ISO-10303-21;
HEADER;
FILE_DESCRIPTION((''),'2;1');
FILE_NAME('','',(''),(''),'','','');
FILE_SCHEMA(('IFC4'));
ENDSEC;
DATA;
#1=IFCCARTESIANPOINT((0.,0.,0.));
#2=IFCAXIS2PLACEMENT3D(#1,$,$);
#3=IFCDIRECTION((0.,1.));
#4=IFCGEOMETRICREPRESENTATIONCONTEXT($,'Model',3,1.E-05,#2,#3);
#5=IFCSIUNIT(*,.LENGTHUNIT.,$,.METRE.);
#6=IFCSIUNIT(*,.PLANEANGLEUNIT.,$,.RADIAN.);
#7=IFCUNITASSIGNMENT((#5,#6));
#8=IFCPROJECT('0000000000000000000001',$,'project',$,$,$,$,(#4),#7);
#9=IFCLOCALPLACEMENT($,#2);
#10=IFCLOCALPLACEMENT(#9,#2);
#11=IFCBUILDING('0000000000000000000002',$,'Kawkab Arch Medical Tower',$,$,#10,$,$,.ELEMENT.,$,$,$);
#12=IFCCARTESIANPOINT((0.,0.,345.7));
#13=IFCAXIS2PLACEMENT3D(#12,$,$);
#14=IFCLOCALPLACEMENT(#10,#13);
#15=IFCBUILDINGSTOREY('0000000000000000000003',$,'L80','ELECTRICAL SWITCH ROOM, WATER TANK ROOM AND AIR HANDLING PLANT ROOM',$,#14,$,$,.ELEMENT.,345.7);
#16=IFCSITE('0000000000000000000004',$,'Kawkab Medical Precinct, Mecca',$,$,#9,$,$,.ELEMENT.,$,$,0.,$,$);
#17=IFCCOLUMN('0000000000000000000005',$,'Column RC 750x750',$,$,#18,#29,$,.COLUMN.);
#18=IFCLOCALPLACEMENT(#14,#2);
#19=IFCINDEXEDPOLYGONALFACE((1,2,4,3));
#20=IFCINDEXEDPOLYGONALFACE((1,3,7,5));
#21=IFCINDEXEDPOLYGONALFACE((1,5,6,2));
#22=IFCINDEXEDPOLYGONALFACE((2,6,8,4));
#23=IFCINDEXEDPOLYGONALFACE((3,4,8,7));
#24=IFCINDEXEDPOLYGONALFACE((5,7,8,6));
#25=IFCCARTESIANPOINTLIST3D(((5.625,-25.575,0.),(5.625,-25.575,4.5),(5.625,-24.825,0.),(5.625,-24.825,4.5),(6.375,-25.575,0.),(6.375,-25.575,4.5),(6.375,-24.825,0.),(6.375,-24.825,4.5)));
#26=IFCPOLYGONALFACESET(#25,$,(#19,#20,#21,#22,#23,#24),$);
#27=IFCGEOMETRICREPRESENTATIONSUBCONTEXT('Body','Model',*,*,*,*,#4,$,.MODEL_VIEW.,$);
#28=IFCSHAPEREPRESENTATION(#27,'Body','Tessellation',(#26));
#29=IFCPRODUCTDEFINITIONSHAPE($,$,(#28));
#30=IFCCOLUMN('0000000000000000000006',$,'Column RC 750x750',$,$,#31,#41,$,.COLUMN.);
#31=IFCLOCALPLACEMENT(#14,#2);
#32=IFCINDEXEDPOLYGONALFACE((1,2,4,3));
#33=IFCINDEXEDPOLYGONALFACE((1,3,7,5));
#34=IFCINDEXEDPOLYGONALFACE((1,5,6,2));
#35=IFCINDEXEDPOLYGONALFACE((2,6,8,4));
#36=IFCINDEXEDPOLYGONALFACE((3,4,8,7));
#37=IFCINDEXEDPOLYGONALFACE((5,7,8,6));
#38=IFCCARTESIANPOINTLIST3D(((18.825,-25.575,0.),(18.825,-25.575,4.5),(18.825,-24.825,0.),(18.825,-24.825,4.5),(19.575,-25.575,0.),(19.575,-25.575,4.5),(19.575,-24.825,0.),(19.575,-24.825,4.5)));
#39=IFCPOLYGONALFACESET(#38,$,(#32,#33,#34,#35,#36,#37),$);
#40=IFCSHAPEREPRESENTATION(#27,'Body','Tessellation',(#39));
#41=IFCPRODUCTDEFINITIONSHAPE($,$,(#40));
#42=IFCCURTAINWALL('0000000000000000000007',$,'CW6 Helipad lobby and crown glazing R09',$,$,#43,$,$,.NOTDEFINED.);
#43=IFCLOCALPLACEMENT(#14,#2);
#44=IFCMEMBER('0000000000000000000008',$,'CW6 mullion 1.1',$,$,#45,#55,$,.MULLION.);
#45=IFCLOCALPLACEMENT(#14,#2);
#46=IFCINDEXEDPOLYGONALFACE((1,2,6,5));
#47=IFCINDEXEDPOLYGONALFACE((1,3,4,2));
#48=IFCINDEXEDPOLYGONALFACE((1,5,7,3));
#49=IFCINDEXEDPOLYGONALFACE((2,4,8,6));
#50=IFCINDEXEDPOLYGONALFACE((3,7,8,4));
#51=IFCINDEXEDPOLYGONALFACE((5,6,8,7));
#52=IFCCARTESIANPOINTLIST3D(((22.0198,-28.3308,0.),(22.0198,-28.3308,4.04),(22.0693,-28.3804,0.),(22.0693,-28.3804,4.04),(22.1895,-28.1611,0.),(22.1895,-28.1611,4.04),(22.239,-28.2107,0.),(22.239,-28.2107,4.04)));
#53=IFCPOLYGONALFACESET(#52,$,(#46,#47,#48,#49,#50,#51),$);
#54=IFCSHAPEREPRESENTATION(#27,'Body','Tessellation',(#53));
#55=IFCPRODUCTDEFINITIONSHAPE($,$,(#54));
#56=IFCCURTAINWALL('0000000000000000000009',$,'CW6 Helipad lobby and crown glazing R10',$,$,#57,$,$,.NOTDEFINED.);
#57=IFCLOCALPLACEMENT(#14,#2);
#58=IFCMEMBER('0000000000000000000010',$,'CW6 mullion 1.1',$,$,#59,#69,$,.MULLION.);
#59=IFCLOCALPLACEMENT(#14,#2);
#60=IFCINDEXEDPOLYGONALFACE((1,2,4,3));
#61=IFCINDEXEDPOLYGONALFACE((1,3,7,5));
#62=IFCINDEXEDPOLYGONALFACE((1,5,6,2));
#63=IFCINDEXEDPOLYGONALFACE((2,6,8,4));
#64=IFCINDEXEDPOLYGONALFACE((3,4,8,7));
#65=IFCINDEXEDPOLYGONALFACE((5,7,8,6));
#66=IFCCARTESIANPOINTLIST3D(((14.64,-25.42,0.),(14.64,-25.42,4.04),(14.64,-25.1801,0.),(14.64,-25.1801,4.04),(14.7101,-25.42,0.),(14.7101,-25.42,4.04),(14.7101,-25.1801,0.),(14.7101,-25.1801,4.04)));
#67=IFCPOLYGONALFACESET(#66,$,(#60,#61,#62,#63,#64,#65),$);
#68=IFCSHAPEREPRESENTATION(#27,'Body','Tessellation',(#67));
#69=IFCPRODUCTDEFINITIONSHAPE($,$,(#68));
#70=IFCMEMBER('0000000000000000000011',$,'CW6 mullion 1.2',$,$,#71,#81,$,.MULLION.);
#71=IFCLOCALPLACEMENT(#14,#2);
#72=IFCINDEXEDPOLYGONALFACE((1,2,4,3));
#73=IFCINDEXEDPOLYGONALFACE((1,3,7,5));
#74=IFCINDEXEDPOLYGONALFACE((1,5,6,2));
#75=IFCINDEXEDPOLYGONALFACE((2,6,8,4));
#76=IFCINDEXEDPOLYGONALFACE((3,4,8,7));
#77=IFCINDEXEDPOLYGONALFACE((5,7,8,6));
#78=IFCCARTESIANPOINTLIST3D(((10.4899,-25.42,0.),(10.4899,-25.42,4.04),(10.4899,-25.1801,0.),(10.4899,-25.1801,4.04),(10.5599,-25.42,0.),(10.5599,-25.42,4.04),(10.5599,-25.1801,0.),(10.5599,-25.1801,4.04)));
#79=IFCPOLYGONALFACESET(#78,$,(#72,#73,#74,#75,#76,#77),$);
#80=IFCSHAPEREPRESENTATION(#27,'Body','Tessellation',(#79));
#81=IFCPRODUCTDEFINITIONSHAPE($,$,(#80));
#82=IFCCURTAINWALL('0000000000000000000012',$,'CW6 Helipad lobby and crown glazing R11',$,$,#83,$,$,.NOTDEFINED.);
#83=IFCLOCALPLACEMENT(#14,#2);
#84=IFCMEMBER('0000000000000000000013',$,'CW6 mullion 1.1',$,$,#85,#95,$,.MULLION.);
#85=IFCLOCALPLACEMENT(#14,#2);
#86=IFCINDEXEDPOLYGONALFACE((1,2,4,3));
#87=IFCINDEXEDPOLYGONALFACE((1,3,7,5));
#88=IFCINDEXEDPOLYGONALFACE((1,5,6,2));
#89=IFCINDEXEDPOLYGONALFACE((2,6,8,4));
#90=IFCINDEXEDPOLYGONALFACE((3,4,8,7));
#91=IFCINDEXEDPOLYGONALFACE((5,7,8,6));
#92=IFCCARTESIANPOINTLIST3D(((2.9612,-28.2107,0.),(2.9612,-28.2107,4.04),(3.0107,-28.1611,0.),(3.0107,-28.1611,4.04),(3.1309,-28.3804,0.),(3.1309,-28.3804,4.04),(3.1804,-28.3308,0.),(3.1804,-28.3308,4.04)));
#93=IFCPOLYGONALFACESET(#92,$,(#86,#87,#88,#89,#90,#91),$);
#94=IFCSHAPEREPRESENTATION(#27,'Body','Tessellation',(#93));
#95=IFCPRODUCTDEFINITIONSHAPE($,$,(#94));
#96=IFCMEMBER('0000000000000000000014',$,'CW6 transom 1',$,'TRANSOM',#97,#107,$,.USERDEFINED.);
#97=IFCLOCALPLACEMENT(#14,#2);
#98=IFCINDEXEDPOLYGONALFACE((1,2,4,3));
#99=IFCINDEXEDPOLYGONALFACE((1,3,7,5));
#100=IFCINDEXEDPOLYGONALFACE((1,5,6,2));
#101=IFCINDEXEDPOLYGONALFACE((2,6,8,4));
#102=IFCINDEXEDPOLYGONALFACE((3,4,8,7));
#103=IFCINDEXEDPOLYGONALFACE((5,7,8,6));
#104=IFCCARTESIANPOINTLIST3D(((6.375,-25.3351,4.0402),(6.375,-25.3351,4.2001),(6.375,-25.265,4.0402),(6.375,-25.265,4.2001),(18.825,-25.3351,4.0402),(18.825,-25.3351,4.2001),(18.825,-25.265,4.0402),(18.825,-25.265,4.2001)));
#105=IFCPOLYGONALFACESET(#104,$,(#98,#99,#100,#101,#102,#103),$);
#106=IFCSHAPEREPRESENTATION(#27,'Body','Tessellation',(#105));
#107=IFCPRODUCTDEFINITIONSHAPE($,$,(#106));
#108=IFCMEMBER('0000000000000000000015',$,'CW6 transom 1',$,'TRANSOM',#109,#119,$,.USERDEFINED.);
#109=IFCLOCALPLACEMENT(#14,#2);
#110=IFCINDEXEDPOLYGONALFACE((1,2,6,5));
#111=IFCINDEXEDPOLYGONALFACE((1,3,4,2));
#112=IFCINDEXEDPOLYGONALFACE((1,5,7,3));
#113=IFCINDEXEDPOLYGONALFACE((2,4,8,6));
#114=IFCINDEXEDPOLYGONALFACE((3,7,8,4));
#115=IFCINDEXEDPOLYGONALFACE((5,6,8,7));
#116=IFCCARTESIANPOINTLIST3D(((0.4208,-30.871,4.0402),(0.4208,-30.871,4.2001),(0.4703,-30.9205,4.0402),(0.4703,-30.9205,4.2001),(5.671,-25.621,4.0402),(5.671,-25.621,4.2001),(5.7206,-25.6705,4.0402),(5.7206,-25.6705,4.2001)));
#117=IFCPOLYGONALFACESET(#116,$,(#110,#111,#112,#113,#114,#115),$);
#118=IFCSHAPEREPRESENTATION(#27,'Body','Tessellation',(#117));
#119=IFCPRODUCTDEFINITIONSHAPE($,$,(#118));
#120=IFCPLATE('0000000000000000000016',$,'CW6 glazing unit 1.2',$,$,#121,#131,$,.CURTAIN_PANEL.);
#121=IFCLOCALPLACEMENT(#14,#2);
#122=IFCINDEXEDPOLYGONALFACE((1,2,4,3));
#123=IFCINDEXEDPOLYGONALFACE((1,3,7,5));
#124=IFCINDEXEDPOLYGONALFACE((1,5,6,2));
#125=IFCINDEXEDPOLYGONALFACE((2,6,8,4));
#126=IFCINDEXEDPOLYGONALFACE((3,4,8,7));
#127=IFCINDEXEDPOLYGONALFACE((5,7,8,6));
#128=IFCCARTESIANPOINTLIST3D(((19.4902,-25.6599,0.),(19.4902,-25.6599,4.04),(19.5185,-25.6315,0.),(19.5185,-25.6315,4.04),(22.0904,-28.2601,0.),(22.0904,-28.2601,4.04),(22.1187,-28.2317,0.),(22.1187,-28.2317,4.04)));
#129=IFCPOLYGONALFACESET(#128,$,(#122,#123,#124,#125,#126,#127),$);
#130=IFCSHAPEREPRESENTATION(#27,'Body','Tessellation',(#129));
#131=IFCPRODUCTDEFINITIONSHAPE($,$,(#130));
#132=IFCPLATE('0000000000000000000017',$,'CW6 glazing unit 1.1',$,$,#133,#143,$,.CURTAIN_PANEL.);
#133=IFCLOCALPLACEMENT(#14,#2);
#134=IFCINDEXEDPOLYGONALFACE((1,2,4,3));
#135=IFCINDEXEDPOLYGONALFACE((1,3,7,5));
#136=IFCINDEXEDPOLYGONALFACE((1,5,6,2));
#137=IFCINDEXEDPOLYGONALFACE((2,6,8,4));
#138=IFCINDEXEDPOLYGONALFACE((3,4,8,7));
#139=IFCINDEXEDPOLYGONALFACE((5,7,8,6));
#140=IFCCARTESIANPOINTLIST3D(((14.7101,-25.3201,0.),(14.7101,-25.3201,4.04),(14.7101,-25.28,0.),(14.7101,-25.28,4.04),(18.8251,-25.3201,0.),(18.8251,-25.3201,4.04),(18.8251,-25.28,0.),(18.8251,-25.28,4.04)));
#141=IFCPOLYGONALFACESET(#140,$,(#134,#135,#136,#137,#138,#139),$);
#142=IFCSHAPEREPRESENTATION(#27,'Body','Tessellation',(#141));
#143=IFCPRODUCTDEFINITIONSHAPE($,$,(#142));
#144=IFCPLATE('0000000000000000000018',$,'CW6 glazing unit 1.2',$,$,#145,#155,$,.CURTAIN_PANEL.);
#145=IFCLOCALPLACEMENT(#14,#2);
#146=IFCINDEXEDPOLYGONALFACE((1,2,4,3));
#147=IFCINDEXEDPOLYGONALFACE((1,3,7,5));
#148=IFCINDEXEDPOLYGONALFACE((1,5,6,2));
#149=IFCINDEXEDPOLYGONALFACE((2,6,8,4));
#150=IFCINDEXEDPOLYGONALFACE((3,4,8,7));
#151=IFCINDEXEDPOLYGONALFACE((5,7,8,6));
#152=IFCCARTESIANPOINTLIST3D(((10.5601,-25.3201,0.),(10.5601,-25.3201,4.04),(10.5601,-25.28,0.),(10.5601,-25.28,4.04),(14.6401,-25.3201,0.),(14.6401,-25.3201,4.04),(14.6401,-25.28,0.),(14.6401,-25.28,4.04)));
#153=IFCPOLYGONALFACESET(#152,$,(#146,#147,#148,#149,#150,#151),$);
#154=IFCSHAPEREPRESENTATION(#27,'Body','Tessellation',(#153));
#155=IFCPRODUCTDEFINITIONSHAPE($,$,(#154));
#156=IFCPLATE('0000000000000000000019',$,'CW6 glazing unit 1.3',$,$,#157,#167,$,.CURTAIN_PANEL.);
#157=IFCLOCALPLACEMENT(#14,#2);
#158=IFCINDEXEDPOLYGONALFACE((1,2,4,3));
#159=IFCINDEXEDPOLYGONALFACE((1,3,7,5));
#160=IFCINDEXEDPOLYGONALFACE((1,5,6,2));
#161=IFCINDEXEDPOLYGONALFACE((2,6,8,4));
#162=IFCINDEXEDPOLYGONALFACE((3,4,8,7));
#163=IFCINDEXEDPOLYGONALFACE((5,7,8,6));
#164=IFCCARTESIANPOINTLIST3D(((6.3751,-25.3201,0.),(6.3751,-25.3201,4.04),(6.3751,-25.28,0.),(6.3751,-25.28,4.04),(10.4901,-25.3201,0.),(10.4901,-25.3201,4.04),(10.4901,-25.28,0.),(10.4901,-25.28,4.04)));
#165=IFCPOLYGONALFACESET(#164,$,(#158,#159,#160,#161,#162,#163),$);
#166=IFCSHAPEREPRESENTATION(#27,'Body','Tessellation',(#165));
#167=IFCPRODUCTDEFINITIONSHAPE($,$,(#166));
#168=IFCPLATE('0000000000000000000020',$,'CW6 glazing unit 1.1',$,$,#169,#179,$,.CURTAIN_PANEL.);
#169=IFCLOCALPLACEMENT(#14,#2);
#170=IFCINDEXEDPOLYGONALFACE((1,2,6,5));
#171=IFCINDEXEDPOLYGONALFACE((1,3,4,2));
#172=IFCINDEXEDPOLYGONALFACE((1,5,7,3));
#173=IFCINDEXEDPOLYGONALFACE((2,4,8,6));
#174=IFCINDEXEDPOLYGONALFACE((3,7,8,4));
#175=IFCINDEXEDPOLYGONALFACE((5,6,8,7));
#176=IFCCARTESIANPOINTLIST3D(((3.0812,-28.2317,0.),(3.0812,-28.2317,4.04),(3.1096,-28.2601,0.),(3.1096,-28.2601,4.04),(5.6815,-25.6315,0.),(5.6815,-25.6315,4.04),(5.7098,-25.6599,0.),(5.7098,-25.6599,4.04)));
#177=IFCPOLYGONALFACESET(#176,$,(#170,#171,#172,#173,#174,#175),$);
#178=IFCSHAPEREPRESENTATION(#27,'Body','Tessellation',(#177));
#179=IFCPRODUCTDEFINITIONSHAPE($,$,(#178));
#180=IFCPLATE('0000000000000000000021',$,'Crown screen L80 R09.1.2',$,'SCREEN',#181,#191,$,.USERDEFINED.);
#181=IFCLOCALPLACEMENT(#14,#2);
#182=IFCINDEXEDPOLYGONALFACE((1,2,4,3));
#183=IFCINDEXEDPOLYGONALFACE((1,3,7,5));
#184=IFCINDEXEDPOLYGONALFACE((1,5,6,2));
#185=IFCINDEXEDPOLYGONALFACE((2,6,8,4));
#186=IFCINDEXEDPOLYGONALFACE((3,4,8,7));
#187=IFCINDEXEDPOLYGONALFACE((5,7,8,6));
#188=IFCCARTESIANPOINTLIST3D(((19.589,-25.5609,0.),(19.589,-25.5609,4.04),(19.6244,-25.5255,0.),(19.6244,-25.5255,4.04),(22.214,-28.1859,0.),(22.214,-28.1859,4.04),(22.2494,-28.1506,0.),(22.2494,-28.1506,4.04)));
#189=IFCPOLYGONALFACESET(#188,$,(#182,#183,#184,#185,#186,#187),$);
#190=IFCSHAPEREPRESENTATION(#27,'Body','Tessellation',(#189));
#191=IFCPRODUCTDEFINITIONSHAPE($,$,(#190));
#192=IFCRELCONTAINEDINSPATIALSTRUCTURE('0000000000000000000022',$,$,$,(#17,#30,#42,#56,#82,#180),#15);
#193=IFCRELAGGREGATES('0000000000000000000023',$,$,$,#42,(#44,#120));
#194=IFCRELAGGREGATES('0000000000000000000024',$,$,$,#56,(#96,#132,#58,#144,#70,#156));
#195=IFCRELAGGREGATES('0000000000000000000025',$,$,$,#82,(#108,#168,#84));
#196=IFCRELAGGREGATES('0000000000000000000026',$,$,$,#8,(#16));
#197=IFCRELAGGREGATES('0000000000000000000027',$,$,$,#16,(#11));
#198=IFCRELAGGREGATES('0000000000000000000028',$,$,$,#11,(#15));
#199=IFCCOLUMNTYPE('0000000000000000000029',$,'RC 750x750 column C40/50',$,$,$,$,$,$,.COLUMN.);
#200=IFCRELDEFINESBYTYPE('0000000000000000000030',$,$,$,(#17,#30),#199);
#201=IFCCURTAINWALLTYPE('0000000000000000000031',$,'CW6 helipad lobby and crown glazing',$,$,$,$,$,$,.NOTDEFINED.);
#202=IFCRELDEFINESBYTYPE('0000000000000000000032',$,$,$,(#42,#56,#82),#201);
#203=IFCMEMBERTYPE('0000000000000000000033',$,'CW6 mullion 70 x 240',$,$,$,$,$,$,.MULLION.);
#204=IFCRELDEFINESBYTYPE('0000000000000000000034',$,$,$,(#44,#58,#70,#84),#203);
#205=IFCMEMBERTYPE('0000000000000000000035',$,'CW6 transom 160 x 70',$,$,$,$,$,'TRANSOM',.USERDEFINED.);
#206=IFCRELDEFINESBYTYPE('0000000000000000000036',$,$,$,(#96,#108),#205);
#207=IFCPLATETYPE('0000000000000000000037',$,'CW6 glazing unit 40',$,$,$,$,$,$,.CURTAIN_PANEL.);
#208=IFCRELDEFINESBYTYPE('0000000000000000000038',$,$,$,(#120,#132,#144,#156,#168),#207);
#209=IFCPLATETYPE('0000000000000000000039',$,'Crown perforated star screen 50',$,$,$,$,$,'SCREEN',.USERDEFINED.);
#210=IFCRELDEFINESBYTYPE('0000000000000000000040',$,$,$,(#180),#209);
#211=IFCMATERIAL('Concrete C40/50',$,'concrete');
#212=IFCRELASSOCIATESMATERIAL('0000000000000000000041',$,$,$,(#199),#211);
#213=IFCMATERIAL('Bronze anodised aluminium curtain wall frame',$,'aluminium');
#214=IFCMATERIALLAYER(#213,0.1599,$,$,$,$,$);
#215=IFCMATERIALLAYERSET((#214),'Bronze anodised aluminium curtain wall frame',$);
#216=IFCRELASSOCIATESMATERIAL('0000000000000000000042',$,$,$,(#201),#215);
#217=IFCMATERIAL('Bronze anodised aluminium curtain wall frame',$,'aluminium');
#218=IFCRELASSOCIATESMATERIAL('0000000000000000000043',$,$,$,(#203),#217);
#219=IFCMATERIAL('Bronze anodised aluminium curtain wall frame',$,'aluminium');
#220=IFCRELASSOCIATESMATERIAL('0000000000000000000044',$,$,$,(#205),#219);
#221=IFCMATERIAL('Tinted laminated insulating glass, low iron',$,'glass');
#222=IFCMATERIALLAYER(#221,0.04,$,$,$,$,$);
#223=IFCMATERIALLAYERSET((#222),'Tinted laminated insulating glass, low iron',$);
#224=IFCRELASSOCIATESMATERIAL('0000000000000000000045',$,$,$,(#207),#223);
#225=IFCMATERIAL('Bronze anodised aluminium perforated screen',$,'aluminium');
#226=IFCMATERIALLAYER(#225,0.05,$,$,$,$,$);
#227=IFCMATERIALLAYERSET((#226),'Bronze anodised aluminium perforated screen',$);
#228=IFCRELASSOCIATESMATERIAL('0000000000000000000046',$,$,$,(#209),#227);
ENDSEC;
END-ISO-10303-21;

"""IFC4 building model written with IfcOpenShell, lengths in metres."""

from ifc_helpers import new_model, si_unit, direction, frame, origin, origin_2d, place, context, subcontext, project, spatial, rectangle, extrude, material, layer, layer_set, material_profile, profile_set, type_object, element, aggregate, save


model = new_model("IFC4")

# Units and contexts
model_context = context("Model", 3, precision=1e-05, world=origin(), true_north=direction((0.0, 1.0)))
body_context = subcontext(model_context, "Body", "Model", "MODEL_VIEW")
ifc_project = project(units=[si_unit("LENGTHUNIT", "METRE"), si_unit("PLANEANGLEUNIT", "RADIAN")], contexts=[model_context])

# Site, building, storey
site_placement = place(None, origin())
site = spatial("IfcSite", under=ifc_project, at=site_placement, Name="Kawkab Medical Precinct, Mecca", CompositionType="ELEMENT", RefElevation=0.0)
building_placement = place(site_placement, origin())
building = spatial("IfcBuilding", under=site, at=building_placement, Name="Kawkab Arch Medical Tower", CompositionType="ELEMENT")
storey_placement = place(building_placement, frame((0.0, 0.0, 345.7)))
storey = spatial("IfcBuildingStorey", under=building, at=storey_placement, Name="L80", Description="ELECTRICAL SWITCH ROOM, WATER TANK ROOM AND AIR HANDLING PLANT ROOM", CompositionType="ELEMENT", Elevation=345.7)

# Columns
ifc_material_1 = material(Name="Concrete C40/50", Category="concrete")
ifc_material_profile_1 = material_profile(ifc_material_1, rectangle(XDim=0.75, YDim=0.75, at=origin_2d()), Name="RC 750x750")
ifc_profile_set_1 = profile_set([ifc_material_profile_1], Name="Concrete C40/50")
column_type = type_object("IfcColumnType", Name="RC 750x750 column C40/50", PredefinedType="COLUMN", material=ifc_profile_set_1)
for number, where, z_axis, x_axis, name in (
    (1, (6.0, -25.2, 0.0), (0.0, 0.0, 1.0), (1.0, 0.0, 0.0), "Column RC 750x750"),
    (2, (19.2, -25.2, 0.0), (0.0, 0.0, 1.0), (1.0, 0.0, 0.0), "Column RC 750x750"),
):
    element("IfcColumn", number, at=place(storey_placement, frame(where, z_axis=z_axis, x_axis=x_axis)), inside=storey, type_object=column_type, Name=name, PredefinedType="COLUMN", context=body_context, shape_type="SweptSolid", body=[
        extrude(rectangle(XDim=0.75, YDim=0.75, at=origin_2d()), origin(), (0.0, 0.0, 1.0), 4.5),
    ])

# Curtain wall, member
ifc_material_2 = material(Name="Bronze anodised aluminium curtain wall frame", Category="aluminium")
ifc_layer_1 = layer(ifc_material_2, 0.1599)
ifc_layer_set_1 = layer_set([ifc_layer_1], Name="Bronze anodised aluminium curtain wall frame")
curtain_wall_type = type_object("IfcCurtainWallType", Name="CW6 helipad lobby and crown glazing", PredefinedType="NOTDEFINED", material=ifc_layer_set_1)
placement_1 = place(storey_placement, origin())
curtain_wall_1 = element("IfcCurtainWall", 3, at=placement_1, inside=storey, type_object=curtain_wall_type, Name="CW6 Helipad lobby and crown glazing R09", PredefinedType="NOTDEFINED")
ifc_material_3 = material(Name="Bronze anodised aluminium curtain wall frame", Category="aluminium")
ifc_material_profile_2 = material_profile(ifc_material_3, rectangle(XDim=0.24, YDim=0.0701, at=origin_2d()), Name="AL 70x240")
ifc_profile_set_2 = profile_set([ifc_material_profile_2], Name="Bronze anodised aluminium curtain wall frame")
member_type_1 = type_object("IfcMemberType", Name="CW6 mullion 70 x 240", PredefinedType="MULLION", material=ifc_profile_set_2)
member_1_placement = place(storey_placement, frame((22.1294, -28.2708, 0.0), z_axis=(0.0, 0.0, 1.0), x_axis=(-0.707107, -0.707107, 0.0)))
member_1 = element("IfcMember", 4, at=member_1_placement, type_object=member_type_1, Name="CW6 mullion 1.1", PredefinedType="MULLION", context=body_context, shape_type="SweptSolid", body=[
    extrude(rectangle(XDim=0.24, YDim=0.0701, at=origin_2d()), origin(), (0.0, 0.0, 1.0), 4.04),
])

# Curtain wall, members
curtain_wall_2 = element("IfcCurtainWall", 5, at=placement_1, inside=storey, type_object=curtain_wall_type, Name="CW6 Helipad lobby and crown glazing R10", PredefinedType="NOTDEFINED")
member_2_placement = place(storey_placement, frame((14.675, -25.3, 0.0), z_axis=(0.0, 0.0, 1.0), x_axis=(0.0, -1.0, 0.0)))
member_2 = element("IfcMember", 6, at=member_2_placement, type_object=member_type_1, Name="CW6 mullion 1.1", PredefinedType="MULLION", context=body_context, shape_type="SweptSolid", body=[
    extrude(rectangle(XDim=0.24, YDim=0.0701, at=origin_2d()), origin(), (0.0, 0.0, 1.0), 4.04),
])
member_3_placement = place(storey_placement, frame((10.5249, -25.3, 0.0), z_axis=(0.0, 0.0, 1.0), x_axis=(0.0, -1.0, 0.0)))
member_3 = element("IfcMember", 7, at=member_3_placement, type_object=member_type_1, Name="CW6 mullion 1.2", PredefinedType="MULLION", context=body_context, shape_type="SweptSolid", body=[
    extrude(rectangle(XDim=0.24, YDim=0.0701, at=origin_2d()), origin(), (0.0, 0.0, 1.0), 4.04),
])

# Curtain wall, member
curtain_wall_3 = element("IfcCurtainWall", 8, at=placement_1, inside=storey, type_object=curtain_wall_type, Name="CW6 Helipad lobby and crown glazing R11", PredefinedType="NOTDEFINED")
member_4_placement = place(storey_placement, frame((3.0708, -28.2708, 0.0), z_axis=(0.0, 0.0, 1.0), x_axis=(0.707107, -0.707107, 0.0)))
member_4 = element("IfcMember", 9, at=member_4_placement, type_object=member_type_1, Name="CW6 mullion 1.1", PredefinedType="MULLION", context=body_context, shape_type="SweptSolid", body=[
    extrude(rectangle(XDim=0.24, YDim=0.0701, at=origin_2d()), origin(), (0.0, 0.0, 1.0), 4.04),
])

# Members
ifc_material_4 = material(Name="Bronze anodised aluminium curtain wall frame", Category="aluminium")
ifc_material_profile_3 = material_profile(ifc_material_4, rectangle(XDim=0.0701, YDim=0.1599, at=origin_2d()), Name="AL 70x160")
ifc_profile_set_3 = profile_set([ifc_material_profile_3], Name="Bronze anodised aluminium curtain wall frame")
member_type_2 = type_object("IfcMemberType", Name="CW6 transom 160 x 70", ElementType="TRANSOM", PredefinedType="USERDEFINED", material=ifc_profile_set_3)
member_5_placement = place(storey_placement, frame((18.825, -25.3, 4.1201), z_axis=(-1.0, 0.0, 0.0), x_axis=(0.0, -1.0, 0.0)))
member_5 = element("IfcMember", 10, at=member_5_placement, type_object=member_type_2, Name="CW6 transom 1", ObjectType="TRANSOM", PredefinedType="USERDEFINED", context=body_context, shape_type="SweptSolid", body=[
    extrude(rectangle(XDim=0.0701, YDim=0.1599, at=origin_2d()), origin(), (0.0, 0.0, 1.0), 12.45),
])
member_6_placement = place(storey_placement, frame((5.6958, -25.6458, 4.1201), z_axis=(-0.707123, -0.70709, 0.0), x_axis=(0.70709, -0.707123, 0.0)))
member_6 = element("IfcMember", 11, at=member_6_placement, type_object=member_type_2, Name="CW6 transom 1", ObjectType="TRANSOM", PredefinedType="USERDEFINED", context=body_context, shape_type="SweptSolid", body=[
    extrude(rectangle(XDim=0.0701, YDim=0.1599, at=origin_2d()), origin(), (0.0, 0.0, 1.0), 7.4248),
])

# Plates
ifc_material_5 = material(Name="Tinted laminated insulating glass, low iron", Category="glass")
ifc_layer_2 = layer(ifc_material_5, 0.04)
ifc_layer_set_2 = layer_set([ifc_layer_2], Name="Tinted laminated insulating glass, low iron")
plate_type_1 = type_object("IfcPlateType", Name="CW6 glazing unit 40", PredefinedType="CURTAIN_PANEL", material=ifc_layer_set_2)
plate_1_placement = place(storey_placement, frame((20.8044, -26.9458, 0.0), z_axis=(0.0, 0.0, 1.0), x_axis=(-0.707107, 0.707107, 0.0)))
plate_1 = element("IfcPlate", 12, at=plate_1_placement, type_object=plate_type_1, Name="CW6 glazing unit 1.2", PredefinedType="CURTAIN_PANEL", context=body_context, shape_type="SweptSolid", body=[
    extrude(rectangle(XDim=3.6772, YDim=0.04, at=origin_2d()), origin(), (0.0, 0.0, 1.0), 4.04),
])
aggregate(curtain_wall_1, [member_1, plate_1])
plate_2_placement = place(storey_placement, frame((16.7676, -25.3, 0.0), z_axis=(0.0, 0.0, 1.0), x_axis=(-1.0, 0.0, 0.0)))
plate_2 = element("IfcPlate", 13, at=plate_2_placement, type_object=plate_type_1, Name="CW6 glazing unit 1.1", PredefinedType="CURTAIN_PANEL", context=body_context, shape_type="SweptSolid", body=[
    extrude(rectangle(XDim=4.115, YDim=0.04, at=origin_2d()), origin(), (0.0, 0.0, 1.0), 4.04),
])
plate_3_placement = place(storey_placement, frame((12.6001, -25.3, 0.0), z_axis=(0.0, 0.0, 1.0), x_axis=(-1.0, 0.0, 0.0)))
plate_3 = element("IfcPlate", 14, at=plate_3_placement, type_object=plate_type_1, Name="CW6 glazing unit 1.2", PredefinedType="CURTAIN_PANEL", context=body_context, shape_type="SweptSolid", body=[
    extrude(rectangle(XDim=4.0801, YDim=0.04, at=origin_2d()), origin(), (0.0, 0.0, 1.0), 4.04),
])
plate_4_placement = place(storey_placement, frame((8.4326, -25.3, 0.0), z_axis=(0.0, 0.0, 1.0), x_axis=(-1.0, 0.0, 0.0)))
plate_4 = element("IfcPlate", 15, at=plate_4_placement, type_object=plate_type_1, Name="CW6 glazing unit 1.3", PredefinedType="CURTAIN_PANEL", context=body_context, shape_type="SweptSolid", body=[
    extrude(rectangle(XDim=4.115, YDim=0.04, at=origin_2d()), origin(), (0.0, 0.0, 1.0), 4.04),
])
aggregate(curtain_wall_2, [member_5, plate_2, member_2, plate_3, member_3, plate_4])
plate_5_placement = place(storey_placement, frame((4.3955, -26.9458, 0.0), z_axis=(0.0, 0.0, 1.0), x_axis=(-0.707107, -0.707107, 0.0)))
plate_5 = element("IfcPlate", 16, at=plate_5_placement, type_object=plate_type_1, Name="CW6 glazing unit 1.1", PredefinedType="CURTAIN_PANEL", context=body_context, shape_type="SweptSolid", body=[
    extrude(rectangle(XDim=3.6772, YDim=0.04, at=origin_2d()), origin(), (0.0, 0.0, 1.0), 4.04),
])
aggregate(curtain_wall_3, [member_6, plate_5, member_4])

# Plate
ifc_material_6 = material(Name="Bronze anodised aluminium perforated screen", Category="aluminium")
ifc_layer_3 = layer(ifc_material_6, 0.05)
ifc_layer_set_3 = layer_set([ifc_layer_3], Name="Bronze anodised aluminium perforated screen")
plate_type_2 = type_object("IfcPlateType", Name="Crown perforated star screen 50", ElementType="SCREEN", PredefinedType="USERDEFINED", material=ifc_layer_set_3)
plate_6_placement = place(storey_placement, frame((20.9192, -26.8557, 0.0), z_axis=(0.0, 0.0, 1.0), x_axis=(-0.707107, 0.707107, 0.0)))
element("IfcPlate", 17, at=plate_6_placement, inside=storey, type_object=plate_type_2, Name="Crown screen L80 R09.1.2", ObjectType="SCREEN", PredefinedType="USERDEFINED", context=body_context, shape_type="SweptSolid", body=[
    extrude(rectangle(XDim=3.7124, YDim=0.05, at=origin_2d()), origin(), (0.0, 0.0, 1.0), 4.04),
])

save(model, "model.ifc")
